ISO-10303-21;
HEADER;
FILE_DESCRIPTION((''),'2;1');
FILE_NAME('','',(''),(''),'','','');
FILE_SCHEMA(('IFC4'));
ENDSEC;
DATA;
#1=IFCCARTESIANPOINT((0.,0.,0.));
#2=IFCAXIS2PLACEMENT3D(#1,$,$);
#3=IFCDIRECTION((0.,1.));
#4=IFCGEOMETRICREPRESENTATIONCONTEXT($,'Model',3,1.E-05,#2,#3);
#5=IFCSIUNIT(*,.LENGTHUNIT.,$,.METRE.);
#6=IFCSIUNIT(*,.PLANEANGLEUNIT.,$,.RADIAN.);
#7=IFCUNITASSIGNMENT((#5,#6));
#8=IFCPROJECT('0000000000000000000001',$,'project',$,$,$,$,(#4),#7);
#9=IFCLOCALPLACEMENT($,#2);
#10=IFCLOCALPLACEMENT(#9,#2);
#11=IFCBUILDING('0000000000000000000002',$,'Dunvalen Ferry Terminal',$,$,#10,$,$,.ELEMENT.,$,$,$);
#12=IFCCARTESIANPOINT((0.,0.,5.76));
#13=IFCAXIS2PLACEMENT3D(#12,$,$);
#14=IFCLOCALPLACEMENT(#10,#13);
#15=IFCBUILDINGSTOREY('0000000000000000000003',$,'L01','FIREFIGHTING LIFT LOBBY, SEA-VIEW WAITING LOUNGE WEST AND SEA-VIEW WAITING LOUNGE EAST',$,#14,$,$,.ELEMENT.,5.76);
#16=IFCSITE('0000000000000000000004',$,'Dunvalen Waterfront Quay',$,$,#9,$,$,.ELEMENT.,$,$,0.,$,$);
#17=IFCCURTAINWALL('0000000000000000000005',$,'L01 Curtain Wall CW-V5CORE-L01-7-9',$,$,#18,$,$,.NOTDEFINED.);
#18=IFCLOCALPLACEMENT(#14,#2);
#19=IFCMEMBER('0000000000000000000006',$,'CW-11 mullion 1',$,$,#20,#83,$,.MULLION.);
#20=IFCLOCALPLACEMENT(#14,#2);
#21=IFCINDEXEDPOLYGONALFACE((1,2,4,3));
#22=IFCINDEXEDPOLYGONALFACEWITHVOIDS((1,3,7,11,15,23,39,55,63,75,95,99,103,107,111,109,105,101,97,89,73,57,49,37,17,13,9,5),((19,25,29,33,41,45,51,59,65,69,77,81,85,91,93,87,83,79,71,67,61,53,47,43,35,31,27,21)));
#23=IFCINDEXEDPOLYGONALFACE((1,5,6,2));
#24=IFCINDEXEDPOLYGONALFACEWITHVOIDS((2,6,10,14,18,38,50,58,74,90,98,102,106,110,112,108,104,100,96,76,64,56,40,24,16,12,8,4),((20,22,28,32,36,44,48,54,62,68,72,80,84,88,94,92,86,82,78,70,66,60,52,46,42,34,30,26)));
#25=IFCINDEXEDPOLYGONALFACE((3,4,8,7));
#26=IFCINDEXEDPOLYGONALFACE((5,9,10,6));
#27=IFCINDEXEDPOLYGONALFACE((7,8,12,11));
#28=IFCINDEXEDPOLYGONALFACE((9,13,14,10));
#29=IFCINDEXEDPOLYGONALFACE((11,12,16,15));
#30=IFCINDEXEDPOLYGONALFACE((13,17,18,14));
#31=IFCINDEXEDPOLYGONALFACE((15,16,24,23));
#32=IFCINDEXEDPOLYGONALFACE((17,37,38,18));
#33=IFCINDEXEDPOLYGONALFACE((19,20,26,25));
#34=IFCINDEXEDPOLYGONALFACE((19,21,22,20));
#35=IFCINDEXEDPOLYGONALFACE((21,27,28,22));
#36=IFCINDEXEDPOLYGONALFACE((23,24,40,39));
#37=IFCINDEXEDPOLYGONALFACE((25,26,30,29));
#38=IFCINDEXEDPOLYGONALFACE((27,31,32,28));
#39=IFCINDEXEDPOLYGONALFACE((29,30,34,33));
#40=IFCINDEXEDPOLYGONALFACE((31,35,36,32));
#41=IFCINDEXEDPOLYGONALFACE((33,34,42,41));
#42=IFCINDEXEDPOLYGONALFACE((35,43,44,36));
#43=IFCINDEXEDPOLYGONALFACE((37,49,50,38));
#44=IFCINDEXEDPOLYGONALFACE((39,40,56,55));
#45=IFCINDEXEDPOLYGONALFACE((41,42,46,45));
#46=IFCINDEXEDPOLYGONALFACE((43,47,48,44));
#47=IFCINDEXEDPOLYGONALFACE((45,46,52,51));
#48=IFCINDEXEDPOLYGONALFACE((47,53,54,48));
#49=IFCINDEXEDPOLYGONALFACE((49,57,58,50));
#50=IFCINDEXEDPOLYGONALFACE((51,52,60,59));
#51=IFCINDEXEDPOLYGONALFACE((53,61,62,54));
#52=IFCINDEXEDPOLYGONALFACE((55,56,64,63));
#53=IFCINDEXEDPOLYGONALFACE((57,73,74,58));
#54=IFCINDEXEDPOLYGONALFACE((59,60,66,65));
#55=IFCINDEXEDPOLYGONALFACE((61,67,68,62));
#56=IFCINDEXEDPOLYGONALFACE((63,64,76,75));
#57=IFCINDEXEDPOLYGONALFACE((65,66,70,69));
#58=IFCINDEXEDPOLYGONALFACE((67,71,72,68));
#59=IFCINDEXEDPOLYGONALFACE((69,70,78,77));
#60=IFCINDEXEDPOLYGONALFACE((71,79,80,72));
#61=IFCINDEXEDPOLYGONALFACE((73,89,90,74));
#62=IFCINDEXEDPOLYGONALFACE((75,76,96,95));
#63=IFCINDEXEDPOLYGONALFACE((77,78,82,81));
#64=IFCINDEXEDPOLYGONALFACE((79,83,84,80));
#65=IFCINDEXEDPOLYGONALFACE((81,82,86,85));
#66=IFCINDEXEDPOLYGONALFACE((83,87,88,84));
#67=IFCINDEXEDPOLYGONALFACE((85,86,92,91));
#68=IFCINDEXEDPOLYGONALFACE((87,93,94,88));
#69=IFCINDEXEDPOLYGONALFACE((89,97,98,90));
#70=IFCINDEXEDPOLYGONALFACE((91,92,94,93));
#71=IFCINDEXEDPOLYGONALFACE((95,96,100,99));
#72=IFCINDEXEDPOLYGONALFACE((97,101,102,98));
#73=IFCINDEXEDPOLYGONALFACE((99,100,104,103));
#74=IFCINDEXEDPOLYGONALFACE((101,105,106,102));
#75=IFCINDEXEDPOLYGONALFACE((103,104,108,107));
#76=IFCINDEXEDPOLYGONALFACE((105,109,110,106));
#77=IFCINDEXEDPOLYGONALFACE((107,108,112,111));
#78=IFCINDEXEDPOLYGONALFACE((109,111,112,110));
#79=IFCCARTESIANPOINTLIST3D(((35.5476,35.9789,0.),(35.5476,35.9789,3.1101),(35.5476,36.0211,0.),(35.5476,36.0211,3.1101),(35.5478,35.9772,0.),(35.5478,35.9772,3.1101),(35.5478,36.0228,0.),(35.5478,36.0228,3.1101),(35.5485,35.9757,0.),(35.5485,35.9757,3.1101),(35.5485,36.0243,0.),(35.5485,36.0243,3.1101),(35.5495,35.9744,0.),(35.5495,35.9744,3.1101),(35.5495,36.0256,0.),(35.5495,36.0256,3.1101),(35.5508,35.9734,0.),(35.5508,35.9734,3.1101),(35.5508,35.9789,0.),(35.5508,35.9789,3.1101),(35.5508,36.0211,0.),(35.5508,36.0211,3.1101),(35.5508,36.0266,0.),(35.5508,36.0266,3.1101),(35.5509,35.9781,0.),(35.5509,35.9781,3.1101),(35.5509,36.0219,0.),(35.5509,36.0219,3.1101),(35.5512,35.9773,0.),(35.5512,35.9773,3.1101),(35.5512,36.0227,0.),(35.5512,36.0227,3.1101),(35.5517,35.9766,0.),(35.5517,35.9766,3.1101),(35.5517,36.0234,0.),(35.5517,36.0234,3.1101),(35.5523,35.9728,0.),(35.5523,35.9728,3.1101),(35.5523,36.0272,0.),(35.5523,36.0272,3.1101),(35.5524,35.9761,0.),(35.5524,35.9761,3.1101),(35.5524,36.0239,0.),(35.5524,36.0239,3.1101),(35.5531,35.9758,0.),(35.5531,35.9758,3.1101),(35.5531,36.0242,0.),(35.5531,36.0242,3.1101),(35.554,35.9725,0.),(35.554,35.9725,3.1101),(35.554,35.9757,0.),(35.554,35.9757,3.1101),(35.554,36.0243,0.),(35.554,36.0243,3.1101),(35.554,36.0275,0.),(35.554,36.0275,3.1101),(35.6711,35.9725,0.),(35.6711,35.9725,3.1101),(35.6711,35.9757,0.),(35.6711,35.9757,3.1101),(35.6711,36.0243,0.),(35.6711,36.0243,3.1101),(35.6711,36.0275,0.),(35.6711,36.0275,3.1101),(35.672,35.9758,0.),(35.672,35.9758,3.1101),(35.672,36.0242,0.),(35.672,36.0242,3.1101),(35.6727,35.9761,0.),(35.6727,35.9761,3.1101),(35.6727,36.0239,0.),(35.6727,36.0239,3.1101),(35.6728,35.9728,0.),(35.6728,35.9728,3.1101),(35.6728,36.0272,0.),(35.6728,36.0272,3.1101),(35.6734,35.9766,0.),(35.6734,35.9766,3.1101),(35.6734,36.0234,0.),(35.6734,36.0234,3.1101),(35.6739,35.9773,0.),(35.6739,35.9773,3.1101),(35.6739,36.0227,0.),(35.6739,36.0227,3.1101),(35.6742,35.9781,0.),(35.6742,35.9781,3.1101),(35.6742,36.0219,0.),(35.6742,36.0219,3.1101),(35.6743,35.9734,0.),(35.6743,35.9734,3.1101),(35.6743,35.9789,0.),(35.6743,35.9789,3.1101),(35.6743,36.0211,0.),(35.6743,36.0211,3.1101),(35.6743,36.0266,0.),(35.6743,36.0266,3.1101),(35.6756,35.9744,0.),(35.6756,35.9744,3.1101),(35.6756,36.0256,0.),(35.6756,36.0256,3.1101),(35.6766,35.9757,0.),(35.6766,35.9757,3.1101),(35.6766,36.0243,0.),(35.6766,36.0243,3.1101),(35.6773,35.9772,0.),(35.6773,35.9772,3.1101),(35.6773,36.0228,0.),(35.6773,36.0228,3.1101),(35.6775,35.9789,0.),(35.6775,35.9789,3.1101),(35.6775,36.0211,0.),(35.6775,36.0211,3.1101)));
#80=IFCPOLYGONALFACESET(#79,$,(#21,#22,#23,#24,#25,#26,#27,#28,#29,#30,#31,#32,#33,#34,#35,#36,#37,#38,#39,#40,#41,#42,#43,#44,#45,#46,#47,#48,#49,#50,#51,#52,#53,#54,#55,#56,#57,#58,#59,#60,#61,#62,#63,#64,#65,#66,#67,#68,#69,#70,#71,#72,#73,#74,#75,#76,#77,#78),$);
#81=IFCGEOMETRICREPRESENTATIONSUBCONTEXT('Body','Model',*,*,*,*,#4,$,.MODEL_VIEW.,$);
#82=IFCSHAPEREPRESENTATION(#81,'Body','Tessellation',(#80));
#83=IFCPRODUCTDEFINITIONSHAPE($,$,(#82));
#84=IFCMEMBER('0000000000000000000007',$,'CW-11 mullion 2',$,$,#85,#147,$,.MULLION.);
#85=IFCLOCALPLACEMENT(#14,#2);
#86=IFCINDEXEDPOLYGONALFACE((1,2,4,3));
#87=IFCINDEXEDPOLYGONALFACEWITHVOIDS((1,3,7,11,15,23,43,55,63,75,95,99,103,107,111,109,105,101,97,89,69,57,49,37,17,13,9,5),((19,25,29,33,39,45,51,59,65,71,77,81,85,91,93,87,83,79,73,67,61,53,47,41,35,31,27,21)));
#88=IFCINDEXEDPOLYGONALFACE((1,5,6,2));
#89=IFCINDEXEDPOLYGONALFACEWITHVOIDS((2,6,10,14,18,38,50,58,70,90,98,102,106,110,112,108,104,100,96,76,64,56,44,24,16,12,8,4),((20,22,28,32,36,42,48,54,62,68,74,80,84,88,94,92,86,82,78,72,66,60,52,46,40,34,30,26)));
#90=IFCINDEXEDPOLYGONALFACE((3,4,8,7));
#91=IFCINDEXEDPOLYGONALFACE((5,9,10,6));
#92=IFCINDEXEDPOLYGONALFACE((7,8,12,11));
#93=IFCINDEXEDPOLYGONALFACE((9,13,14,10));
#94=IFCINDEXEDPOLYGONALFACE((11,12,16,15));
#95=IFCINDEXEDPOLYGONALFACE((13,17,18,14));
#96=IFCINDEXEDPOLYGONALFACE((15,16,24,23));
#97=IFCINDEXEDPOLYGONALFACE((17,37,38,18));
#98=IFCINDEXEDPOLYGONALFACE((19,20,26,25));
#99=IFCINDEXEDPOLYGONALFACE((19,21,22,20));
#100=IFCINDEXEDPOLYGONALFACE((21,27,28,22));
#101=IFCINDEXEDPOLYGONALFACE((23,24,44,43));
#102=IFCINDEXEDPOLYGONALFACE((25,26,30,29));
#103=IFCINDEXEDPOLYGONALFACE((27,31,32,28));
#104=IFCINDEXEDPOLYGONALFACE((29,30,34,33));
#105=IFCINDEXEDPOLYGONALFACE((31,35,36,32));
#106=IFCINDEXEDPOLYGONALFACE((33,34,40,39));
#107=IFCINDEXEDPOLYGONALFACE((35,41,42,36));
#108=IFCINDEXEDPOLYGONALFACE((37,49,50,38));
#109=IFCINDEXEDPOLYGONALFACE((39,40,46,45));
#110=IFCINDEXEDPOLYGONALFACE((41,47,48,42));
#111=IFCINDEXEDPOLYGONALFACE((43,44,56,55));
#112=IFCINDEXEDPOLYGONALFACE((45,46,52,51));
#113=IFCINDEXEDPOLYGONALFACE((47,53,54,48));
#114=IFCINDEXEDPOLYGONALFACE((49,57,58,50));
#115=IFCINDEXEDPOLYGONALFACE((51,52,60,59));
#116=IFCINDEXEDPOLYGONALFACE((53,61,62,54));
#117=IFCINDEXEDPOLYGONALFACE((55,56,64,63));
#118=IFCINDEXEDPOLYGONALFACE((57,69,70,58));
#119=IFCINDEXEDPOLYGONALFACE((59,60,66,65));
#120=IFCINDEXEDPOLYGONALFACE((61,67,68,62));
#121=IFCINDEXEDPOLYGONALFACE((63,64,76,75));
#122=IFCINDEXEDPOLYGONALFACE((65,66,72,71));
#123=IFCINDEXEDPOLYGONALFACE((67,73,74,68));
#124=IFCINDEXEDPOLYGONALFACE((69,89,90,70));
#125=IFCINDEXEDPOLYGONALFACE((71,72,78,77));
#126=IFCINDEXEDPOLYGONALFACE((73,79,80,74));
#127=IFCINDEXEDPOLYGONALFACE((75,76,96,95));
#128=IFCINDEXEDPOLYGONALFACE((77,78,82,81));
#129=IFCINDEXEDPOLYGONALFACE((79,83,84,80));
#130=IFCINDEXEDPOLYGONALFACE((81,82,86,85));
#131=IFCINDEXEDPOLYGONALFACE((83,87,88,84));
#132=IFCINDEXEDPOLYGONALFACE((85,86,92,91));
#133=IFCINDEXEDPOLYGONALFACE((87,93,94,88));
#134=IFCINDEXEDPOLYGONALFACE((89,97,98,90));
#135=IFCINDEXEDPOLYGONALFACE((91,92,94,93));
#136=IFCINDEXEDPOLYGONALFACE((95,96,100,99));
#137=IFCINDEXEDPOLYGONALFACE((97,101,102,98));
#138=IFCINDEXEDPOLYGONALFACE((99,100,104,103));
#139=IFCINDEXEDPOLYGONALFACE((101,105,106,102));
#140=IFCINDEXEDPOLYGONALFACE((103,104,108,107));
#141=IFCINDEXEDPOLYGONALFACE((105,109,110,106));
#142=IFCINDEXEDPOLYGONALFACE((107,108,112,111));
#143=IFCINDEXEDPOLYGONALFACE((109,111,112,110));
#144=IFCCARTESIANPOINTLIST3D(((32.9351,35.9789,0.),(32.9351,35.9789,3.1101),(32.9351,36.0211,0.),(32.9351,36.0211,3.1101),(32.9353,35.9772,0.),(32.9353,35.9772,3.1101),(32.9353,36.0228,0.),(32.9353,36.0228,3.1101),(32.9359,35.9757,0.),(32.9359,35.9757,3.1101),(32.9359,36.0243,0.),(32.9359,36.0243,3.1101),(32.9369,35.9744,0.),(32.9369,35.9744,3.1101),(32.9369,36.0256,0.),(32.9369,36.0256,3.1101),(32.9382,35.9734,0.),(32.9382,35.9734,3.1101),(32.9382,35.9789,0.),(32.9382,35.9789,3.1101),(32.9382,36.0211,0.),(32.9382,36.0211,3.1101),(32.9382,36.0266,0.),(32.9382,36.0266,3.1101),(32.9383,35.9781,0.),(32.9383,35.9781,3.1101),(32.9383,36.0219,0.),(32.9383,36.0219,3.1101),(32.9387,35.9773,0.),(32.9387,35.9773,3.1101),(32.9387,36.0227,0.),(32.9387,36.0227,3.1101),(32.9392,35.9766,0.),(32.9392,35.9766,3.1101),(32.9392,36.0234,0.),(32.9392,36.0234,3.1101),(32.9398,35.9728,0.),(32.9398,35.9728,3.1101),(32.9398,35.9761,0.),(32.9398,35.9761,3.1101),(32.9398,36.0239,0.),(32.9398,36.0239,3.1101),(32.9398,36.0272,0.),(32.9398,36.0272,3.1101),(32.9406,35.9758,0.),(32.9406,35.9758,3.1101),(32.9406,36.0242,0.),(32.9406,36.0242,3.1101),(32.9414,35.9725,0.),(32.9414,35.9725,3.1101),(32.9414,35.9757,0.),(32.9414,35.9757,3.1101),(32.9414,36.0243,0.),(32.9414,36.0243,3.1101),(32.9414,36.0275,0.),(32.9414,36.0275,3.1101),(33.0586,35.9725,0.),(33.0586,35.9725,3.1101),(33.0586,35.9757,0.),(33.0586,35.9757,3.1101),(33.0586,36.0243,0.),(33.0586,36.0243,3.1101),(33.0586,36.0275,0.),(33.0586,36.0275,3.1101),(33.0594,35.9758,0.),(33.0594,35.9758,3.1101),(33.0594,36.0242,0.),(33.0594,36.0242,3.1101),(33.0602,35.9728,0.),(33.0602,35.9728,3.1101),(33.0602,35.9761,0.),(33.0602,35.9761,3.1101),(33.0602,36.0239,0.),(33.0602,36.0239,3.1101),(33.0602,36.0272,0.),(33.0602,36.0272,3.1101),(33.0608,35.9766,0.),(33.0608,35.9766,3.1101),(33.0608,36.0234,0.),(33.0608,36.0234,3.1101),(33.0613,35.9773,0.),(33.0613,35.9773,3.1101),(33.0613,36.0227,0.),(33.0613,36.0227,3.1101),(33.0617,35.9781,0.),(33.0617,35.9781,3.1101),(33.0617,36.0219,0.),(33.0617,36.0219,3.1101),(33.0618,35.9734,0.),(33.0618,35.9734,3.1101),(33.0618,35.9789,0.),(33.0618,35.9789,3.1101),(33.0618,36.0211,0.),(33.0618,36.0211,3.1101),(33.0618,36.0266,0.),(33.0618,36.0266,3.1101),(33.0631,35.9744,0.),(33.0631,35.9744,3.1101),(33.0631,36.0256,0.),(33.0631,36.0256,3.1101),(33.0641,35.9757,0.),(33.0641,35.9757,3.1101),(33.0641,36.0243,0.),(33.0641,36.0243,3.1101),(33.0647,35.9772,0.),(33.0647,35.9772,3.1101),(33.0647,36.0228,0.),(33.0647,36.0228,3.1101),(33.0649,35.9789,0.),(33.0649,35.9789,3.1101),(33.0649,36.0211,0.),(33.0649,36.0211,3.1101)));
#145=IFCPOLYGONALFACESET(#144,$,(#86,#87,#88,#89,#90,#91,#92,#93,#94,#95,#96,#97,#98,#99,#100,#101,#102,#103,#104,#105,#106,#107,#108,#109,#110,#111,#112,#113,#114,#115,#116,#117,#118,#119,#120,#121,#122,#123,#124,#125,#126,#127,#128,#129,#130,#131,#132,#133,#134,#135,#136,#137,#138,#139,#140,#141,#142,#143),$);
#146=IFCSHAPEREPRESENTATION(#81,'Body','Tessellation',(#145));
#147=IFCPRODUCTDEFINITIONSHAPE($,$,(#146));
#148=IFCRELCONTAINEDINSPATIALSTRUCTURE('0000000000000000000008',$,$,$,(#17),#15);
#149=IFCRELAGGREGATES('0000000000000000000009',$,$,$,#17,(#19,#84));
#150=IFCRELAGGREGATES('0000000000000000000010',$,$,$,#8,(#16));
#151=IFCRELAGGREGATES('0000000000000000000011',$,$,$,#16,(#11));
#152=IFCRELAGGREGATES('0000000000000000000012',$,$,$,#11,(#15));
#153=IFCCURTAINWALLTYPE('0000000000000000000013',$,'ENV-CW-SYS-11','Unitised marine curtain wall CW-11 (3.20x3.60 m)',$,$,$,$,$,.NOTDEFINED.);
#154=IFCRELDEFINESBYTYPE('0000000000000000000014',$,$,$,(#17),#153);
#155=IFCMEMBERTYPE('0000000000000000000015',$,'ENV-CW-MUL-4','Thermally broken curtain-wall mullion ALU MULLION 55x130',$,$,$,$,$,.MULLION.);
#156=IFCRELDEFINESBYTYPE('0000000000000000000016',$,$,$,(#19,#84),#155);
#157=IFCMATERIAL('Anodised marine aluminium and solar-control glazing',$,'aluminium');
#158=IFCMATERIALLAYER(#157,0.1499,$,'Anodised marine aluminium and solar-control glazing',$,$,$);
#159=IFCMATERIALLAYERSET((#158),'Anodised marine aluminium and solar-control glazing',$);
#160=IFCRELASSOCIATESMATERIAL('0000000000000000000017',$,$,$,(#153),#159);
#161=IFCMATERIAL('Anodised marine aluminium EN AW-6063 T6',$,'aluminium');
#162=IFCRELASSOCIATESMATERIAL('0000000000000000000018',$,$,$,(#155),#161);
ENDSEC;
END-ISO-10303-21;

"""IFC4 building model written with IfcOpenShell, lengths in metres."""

from ifc_helpers import new_model, si_unit, direction, frame, origin, origin_2d, place, context, subcontext, project, spatial, hollow_rectangle, extrude, material, layer, layer_set, material_profile, profile_set, type_object, element, aggregate, save


model = new_model("IFC4")

# Units and contexts
model_context = context("Model", 3, precision=1e-05, world=origin(), true_north=direction((0.0, 1.0)))
body_context = subcontext(model_context, "Body", "Model", "MODEL_VIEW")
ifc_project = project(units=[si_unit("LENGTHUNIT", "METRE"), si_unit("PLANEANGLEUNIT", "RADIAN")], contexts=[model_context])

# Site, building, storey
site_placement = place(None, origin())
site = spatial("IfcSite", under=ifc_project, at=site_placement, Name="Dunvalen Waterfront Quay", CompositionType="ELEMENT", RefElevation=0.0)
building_placement = place(site_placement, origin())
building = spatial("IfcBuilding", under=site, at=building_placement, Name="Dunvalen Ferry Terminal", CompositionType="ELEMENT")
storey_placement = place(building_placement, frame((0.0, 0.0, 5.76)))
storey = spatial("IfcBuildingStorey", under=building, at=storey_placement, Name="L01", Description="FIREFIGHTING LIFT LOBBY, SEA-VIEW WAITING LOUNGE WEST AND SEA-VIEW WAITING LOUNGE EAST", CompositionType="ELEMENT", Elevation=5.76)

# Shared definitions
ifc_material_1 = material(Name="Anodised marine aluminium and solar-control glazing", Category="aluminium")
ifc_layer_1 = layer(ifc_material_1, 0.1499, Name="Anodised marine aluminium and solar-control glazing")
ifc_layer_set_1 = layer_set([ifc_layer_1], Name="Anodised marine aluminium and solar-control glazing")
curtain_wall_type = type_object("IfcCurtainWallType", Name="ENV-CW-SYS-11", Description="Unitised marine curtain wall CW-11 (3.20x3.60 m)", PredefinedType="NOTDEFINED", material=ifc_layer_set_1)
ifc_material_2 = material(Name="Anodised marine aluminium EN AW-6063 T6", Category="aluminium")
ifc_material_profile_1 = material_profile(ifc_material_2, hollow_rectangle(XDim=0.0549, YDim=0.1299, WallThickness=0.0032, InnerFilletRadius=0.0032, OuterFilletRadius=0.0063, at=origin_2d()), Name="Anodised marine aluminium EN AW-6063 T6")
ifc_profile_set_1 = profile_set([ifc_material_profile_1], Name="Anodised marine aluminium EN AW-6063 T6")
member_type_1 = type_object("IfcMemberType", Name="ENV-CW-MUL-4", Description="Thermally broken curtain-wall mullion ALU MULLION 55x130", PredefinedType="MULLION", material=ifc_profile_set_1)

# Curtain wall, members
curtain_wall_1_placement = place(storey_placement, origin())
curtain_wall_1 = element("IfcCurtainWall", 1, at=curtain_wall_1_placement, inside=storey, type_object=curtain_wall_type, Name="L01 Curtain Wall CW-V5CORE-L01-7-9", PredefinedType="NOTDEFINED")
member_1_placement = place(storey_placement, frame((35.6125, 36.0, 0.0), z_axis=(0.0, 0.0, 1.0), x_axis=(0.0, -1.0, 0.0)))
member_1 = element("IfcMember", 2, at=member_1_placement, type_object=member_type_1, Name="CW-11 mullion 1", PredefinedType="MULLION", context=body_context, shape_type="SweptSolid", body=[
    extrude(hollow_rectangle(XDim=0.0549, YDim=0.1299, WallThickness=0.0032, InnerFilletRadius=0.0032, OuterFilletRadius=0.0063, at=origin_2d()), origin(), (0.0, 0.0, 1.0), 3.1101),
])
member_2_placement = place(storey_placement, frame((33.0, 36.0, 0.0), z_axis=(0.0, 0.0, 1.0), x_axis=(0.0, -1.0, 0.0)))
member_2 = element("IfcMember", 3, at=member_2_placement, type_object=member_type_1, Name="CW-11 mullion 2", PredefinedType="MULLION", context=body_context, shape_type="SweptSolid", body=[
    extrude(hollow_rectangle(XDim=0.0549, YDim=0.1299, WallThickness=0.0032, InnerFilletRadius=0.0032, OuterFilletRadius=0.0063, at=origin_2d()), origin(), (0.0, 0.0, 1.0), 3.1101),
])

aggregate(curtain_wall_1, [member_1, member_2])

save(model, "model.ifc")
